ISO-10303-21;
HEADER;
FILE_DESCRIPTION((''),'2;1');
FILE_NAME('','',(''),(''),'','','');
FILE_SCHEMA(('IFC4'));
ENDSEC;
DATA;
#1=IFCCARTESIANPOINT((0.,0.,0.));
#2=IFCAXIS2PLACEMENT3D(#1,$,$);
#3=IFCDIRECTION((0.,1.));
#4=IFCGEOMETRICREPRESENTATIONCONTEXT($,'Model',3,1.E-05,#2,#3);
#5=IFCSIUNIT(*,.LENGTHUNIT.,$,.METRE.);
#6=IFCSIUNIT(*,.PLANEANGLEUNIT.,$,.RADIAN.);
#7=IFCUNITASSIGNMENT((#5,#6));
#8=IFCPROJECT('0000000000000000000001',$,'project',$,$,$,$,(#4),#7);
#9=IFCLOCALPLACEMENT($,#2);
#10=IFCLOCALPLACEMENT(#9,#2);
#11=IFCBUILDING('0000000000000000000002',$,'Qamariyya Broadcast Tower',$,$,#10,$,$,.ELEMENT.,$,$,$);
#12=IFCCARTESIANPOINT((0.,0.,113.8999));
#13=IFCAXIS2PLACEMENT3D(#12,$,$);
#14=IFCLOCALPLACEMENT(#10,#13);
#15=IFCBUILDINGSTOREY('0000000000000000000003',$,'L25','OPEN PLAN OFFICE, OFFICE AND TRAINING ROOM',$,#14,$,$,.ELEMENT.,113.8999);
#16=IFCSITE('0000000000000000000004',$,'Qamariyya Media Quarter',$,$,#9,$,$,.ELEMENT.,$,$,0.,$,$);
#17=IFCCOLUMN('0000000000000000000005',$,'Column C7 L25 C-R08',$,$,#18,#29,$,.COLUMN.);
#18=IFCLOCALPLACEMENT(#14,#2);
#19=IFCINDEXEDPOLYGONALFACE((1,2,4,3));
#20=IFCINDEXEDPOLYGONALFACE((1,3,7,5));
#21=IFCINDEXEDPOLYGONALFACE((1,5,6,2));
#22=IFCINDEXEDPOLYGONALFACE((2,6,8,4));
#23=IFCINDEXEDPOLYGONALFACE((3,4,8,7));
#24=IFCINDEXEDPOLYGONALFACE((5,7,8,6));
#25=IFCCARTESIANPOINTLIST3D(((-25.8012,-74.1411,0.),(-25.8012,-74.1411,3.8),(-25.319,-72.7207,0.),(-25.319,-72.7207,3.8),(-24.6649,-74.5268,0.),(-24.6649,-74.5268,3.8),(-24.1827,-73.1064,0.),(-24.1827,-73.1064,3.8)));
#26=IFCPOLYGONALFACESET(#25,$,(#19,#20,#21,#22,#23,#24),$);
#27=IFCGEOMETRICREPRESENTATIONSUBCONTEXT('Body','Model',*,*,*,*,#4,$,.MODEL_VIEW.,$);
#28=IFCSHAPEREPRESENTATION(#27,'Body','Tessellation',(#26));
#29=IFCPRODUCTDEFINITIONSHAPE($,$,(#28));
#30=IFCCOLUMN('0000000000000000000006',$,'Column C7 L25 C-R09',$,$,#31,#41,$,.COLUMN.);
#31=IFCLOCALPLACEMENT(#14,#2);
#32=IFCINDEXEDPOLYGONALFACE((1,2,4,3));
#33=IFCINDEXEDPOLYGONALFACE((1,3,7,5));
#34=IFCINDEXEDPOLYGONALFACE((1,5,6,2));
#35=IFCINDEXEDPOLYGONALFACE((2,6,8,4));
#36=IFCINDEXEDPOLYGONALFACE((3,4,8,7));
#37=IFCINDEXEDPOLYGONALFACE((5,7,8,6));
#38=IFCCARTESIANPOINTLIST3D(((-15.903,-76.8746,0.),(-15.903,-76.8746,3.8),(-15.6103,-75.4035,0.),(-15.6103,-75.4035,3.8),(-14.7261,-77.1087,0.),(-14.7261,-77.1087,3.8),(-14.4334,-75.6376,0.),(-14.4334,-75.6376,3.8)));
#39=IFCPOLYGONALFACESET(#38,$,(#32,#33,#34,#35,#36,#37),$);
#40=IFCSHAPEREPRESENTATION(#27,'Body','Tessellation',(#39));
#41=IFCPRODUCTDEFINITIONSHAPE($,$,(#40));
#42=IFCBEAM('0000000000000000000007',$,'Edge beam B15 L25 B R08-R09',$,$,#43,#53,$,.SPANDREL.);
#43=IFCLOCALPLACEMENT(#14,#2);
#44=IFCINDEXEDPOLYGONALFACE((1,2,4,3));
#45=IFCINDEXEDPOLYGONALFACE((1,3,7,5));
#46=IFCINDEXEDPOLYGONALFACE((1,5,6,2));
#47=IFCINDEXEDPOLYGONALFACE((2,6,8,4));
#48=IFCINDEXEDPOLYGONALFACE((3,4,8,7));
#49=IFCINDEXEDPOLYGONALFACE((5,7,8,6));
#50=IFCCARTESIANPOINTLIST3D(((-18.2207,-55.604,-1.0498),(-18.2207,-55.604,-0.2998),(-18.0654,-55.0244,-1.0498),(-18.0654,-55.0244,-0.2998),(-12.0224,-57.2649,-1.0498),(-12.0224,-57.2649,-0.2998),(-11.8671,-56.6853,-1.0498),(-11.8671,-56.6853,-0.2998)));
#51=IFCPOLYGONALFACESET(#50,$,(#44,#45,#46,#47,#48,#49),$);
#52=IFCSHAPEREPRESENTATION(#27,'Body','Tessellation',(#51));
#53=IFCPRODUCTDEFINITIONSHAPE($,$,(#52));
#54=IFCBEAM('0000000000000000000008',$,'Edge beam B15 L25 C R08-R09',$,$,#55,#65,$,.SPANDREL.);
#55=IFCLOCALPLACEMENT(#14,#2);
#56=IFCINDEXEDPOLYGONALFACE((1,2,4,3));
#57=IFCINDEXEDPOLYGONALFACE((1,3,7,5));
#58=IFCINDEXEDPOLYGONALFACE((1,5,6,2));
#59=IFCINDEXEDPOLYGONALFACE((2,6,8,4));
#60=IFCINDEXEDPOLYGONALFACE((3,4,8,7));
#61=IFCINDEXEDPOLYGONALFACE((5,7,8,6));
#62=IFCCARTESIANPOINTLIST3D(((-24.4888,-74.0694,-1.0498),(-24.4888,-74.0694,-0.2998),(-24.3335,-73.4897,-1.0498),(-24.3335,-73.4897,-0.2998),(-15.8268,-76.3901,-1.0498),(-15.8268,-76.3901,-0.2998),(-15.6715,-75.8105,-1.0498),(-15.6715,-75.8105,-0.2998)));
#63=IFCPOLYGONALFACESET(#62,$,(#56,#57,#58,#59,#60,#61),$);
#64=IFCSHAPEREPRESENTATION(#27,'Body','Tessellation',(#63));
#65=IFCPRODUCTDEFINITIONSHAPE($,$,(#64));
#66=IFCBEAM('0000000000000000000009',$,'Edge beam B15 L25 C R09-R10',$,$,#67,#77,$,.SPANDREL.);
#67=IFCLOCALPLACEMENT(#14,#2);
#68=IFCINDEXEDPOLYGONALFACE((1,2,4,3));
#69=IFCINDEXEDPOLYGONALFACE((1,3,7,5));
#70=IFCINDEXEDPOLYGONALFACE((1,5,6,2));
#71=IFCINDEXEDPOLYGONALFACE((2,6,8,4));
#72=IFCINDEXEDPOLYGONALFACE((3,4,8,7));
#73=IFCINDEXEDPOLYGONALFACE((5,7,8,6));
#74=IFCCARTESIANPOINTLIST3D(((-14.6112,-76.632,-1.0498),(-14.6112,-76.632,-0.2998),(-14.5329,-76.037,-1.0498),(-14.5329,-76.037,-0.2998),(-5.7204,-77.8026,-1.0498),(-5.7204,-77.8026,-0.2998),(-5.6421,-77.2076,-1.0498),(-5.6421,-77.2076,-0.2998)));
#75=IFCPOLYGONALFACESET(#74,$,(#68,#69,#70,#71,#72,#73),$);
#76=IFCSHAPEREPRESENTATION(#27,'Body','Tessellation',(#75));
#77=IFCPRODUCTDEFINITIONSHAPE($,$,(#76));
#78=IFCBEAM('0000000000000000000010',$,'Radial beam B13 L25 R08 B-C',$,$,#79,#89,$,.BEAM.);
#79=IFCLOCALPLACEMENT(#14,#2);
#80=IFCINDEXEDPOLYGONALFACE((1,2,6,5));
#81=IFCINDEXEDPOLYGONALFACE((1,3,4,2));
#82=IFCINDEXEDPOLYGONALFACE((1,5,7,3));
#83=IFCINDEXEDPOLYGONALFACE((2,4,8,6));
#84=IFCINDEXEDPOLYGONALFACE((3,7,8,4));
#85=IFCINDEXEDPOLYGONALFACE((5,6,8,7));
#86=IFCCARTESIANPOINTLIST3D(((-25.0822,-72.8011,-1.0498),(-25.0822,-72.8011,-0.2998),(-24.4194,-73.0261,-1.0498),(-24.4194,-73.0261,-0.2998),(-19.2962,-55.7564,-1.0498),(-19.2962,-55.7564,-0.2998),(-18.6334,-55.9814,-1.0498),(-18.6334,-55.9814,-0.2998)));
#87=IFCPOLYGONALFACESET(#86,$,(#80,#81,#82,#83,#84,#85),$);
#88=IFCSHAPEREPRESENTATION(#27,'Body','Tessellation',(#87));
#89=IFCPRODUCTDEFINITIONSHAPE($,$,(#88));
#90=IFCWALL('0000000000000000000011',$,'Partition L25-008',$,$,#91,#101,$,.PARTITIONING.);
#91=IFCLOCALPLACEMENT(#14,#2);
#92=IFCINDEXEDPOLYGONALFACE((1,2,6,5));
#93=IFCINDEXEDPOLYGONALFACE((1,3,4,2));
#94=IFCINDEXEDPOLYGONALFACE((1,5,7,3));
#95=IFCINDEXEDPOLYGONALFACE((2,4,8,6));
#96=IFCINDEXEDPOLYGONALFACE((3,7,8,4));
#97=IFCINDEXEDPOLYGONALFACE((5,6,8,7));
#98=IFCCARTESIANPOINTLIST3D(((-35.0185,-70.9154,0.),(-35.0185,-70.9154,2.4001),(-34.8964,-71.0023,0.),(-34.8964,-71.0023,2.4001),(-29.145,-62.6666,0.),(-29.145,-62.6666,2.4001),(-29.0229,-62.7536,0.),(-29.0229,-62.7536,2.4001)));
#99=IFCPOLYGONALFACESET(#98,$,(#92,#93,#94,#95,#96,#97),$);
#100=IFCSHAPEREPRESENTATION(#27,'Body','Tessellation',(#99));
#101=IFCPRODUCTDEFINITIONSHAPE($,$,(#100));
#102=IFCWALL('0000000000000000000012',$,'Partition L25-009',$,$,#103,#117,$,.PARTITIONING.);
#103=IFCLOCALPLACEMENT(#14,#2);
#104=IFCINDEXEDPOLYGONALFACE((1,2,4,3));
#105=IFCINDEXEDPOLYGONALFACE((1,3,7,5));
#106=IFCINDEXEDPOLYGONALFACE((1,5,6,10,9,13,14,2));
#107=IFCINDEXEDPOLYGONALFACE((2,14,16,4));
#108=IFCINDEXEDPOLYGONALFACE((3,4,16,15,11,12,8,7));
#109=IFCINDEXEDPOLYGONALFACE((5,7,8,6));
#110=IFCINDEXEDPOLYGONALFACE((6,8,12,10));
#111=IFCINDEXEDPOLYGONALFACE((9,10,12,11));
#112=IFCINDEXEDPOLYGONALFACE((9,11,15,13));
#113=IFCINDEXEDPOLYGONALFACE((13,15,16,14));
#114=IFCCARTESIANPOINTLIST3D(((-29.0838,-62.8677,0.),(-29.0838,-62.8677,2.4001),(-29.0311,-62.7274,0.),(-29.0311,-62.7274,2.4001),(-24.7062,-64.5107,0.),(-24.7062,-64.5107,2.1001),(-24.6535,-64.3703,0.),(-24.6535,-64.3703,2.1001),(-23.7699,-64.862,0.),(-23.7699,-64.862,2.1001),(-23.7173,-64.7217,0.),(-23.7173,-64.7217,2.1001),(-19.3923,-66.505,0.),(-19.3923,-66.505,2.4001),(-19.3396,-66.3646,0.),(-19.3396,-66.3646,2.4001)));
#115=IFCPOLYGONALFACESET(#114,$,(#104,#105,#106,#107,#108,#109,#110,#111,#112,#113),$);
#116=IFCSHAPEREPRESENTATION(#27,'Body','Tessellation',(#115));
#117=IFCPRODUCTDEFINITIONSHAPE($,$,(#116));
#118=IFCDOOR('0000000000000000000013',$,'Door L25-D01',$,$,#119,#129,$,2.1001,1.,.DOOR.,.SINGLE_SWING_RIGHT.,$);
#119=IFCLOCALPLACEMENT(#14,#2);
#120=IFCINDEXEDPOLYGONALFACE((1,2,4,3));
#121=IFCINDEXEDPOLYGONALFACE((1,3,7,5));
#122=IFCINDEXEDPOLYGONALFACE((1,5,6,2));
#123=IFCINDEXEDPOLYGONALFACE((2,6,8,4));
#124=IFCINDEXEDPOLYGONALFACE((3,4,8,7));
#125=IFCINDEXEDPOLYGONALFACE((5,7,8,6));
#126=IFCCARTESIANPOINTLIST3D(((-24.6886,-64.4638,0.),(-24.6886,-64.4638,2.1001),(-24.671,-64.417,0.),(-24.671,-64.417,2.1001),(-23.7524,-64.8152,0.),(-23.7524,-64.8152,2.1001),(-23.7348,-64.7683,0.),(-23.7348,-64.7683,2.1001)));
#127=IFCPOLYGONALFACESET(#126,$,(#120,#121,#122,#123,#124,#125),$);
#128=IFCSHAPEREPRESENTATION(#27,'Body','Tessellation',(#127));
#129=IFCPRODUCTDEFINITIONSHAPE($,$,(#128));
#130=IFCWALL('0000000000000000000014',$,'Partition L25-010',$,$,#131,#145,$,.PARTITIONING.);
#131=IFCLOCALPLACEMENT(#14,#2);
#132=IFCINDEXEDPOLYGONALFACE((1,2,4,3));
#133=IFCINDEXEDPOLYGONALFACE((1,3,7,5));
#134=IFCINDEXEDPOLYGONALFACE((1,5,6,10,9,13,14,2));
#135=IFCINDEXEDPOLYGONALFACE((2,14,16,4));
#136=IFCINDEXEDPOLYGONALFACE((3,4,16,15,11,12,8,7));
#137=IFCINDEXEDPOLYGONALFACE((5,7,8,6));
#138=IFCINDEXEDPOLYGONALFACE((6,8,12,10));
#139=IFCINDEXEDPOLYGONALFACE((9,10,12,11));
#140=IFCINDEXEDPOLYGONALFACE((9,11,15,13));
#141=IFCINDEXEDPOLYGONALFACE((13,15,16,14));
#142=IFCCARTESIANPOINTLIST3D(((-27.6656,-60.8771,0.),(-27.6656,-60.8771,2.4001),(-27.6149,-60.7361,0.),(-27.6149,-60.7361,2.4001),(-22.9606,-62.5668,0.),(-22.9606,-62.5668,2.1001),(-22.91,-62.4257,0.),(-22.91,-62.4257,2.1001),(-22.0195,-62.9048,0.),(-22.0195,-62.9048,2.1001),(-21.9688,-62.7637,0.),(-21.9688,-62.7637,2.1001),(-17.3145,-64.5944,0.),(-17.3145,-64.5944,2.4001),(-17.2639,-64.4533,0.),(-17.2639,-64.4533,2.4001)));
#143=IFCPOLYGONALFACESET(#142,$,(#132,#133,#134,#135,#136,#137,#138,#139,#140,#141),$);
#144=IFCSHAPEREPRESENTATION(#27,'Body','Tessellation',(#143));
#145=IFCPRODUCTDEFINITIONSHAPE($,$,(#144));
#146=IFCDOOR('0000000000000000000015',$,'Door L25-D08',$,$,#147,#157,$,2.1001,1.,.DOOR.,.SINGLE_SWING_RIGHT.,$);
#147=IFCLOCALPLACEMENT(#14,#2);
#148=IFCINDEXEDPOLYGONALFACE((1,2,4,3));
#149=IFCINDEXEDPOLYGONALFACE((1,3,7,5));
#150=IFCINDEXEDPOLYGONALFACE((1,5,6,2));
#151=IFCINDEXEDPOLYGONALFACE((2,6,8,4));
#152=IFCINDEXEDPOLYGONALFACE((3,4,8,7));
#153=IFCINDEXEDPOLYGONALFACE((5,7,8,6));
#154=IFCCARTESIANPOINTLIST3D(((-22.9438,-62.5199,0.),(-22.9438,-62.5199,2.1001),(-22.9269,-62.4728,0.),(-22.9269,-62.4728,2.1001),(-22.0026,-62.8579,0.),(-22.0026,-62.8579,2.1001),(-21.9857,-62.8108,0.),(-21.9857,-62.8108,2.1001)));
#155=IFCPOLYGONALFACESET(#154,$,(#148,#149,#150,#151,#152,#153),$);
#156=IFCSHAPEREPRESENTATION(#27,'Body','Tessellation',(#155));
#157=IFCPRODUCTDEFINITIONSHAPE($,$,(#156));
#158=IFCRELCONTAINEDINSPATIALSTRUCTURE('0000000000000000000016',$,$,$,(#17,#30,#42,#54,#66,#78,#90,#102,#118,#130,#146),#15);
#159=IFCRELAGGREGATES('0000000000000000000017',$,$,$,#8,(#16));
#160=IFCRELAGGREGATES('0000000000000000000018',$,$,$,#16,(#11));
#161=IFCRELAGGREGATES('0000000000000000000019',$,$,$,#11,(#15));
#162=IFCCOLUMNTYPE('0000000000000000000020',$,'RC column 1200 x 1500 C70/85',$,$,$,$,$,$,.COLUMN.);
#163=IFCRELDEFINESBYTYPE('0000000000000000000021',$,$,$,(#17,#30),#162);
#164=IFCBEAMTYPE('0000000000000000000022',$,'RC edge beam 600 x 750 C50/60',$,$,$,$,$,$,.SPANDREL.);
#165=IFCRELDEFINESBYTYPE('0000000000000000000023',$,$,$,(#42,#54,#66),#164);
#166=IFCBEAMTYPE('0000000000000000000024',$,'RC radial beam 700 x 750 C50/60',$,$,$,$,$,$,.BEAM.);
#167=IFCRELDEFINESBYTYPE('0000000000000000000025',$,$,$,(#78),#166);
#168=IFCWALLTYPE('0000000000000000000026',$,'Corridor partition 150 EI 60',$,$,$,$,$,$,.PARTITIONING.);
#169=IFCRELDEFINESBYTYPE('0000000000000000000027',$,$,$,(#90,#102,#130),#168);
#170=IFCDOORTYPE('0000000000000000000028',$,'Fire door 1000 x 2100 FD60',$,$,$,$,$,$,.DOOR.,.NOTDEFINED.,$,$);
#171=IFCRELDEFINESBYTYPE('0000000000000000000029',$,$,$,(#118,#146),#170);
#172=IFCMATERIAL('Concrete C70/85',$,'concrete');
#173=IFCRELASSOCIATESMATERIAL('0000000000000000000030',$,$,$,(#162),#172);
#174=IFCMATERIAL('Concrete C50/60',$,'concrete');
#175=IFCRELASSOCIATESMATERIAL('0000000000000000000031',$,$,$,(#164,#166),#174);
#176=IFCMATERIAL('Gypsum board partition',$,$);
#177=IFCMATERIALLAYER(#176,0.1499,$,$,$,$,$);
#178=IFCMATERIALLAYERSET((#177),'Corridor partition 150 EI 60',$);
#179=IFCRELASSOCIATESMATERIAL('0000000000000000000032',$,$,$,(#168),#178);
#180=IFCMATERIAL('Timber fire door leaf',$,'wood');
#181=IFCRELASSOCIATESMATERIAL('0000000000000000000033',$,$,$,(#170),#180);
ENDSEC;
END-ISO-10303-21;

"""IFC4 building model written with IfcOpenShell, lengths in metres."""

from ifc_helpers import new_model, si_unit, direction, frame, frame_2d, origin, origin_2d, place, context, subcontext, project, spatial, rectangle, extrude, material, layer, layer_set, material_profile, profile_set, type_object, element, fill, save


model = new_model("IFC4")

# Units and contexts
model_context = context("Model", 3, precision=1e-05, world=origin(), true_north=direction((0.0, 1.0)))
body_context = subcontext(model_context, "Body", "Model", "MODEL_VIEW")
ifc_project = project(units=[si_unit("LENGTHUNIT", "METRE"), si_unit("PLANEANGLEUNIT", "RADIAN")], contexts=[model_context])

# Site, building, storey
site_placement = place(None, origin())
site = spatial("IfcSite", under=ifc_project, at=site_placement, Name="Qamariyya Media Quarter", CompositionType="ELEMENT", RefElevation=0.0)
building_placement = place(site_placement, origin())
building = spatial("IfcBuilding", under=site, at=building_placement, Name="Qamariyya Broadcast Tower", CompositionType="ELEMENT")
storey_placement = place(building_placement, frame((0.0, 0.0, 113.8999)))
storey = spatial("IfcBuildingStorey", under=building, at=storey_placement, Name="L25", Description="OPEN PLAN OFFICE, OFFICE AND TRAINING ROOM", CompositionType="ELEMENT", Elevation=113.8999)

# Columns
ifc_material_1 = material(Name="Concrete C70/85", Category="concrete")
ifc_material_profile_1 = material_profile(ifc_material_1, rectangle(XDim=1.2, YDim=1.5, at=origin_2d()))
ifc_profile_set_1 = profile_set([ifc_material_profile_1], Name="Concrete C70/85")
column_type = type_object("IfcColumnType", Name="RC column 1200 x 1500 C70/85", PredefinedType="COLUMN", material=ifc_profile_set_1)
for number, where, z_axis, x_axis, name in (
    (1, (-24.9919, -73.6238, 0.0), (0.0, 0.0, 1.0), (0.94693, -0.321439, 0.0), "Column C7 L25 C-R08"),
    (2, (-15.1682, -76.2561, 0.0), (0.0, 0.0, 1.0), (0.980785, -0.19509, 0.0), "Column C7 L25 C-R09"),
):
    element("IfcColumn", number, at=place(storey_placement, frame(where, z_axis=z_axis, x_axis=x_axis)), inside=storey, type_object=column_type, Name=name, PredefinedType="COLUMN", context=body_context, shape_type="SweptSolid", body=[
        extrude(rectangle(XDim=1.2, YDim=1.5, at=origin_2d()), origin(), (0.0, 0.0, 1.0), 3.8),
    ])

# Beams
ifc_material_2 = material(Name="Concrete C50/60", Category="concrete")
ifc_material_profile_2 = material_profile(ifc_material_2, rectangle(XDim=0.6001, YDim=0.75, at=origin_2d()))
ifc_profile_set_2 = profile_set([ifc_material_profile_2], Name="Concrete C50/60")
beam_type_1 = type_object("IfcBeamType", Name="RC edge beam 600 x 750 C50/60", PredefinedType="SPANDREL", material=ifc_profile_set_2)
beam_1_placement = place(storey_placement, frame((-18.1431, -55.3142, -0.6748), z_axis=(0.965923, -0.25883, 0.0), x_axis=(0.25883, 0.965923, 0.0)))
element("IfcBeam", 3, at=beam_1_placement, inside=storey, type_object=beam_type_1, Name="Edge beam B15 L25 B R08-R09", PredefinedType="SPANDREL", context=body_context, shape_type="SweptSolid", body=[
    extrude(rectangle(XDim=0.6001, YDim=0.75, at=origin_2d()), origin(), (0.0, 0.0, 1.0), 6.417),
])
for number, where, z_axis, x_axis, name in (
    (4, (-24.4111, -73.7795, -0.6748), (0.965932, -0.258798, 0.0), (0.258798, 0.965932, 0.0), "Edge beam B15 L25 C R08-R09"),
    (5, (-14.572, -76.3345, -0.6748), (0.991443, -0.130543, 0.0), (0.130543, 0.991443, 0.0), "Edge beam B15 L25 C R09-R10"),
):
    element("IfcBeam", number, at=place(storey_placement, frame(where, z_axis=z_axis, x_axis=x_axis)), inside=storey, type_object=beam_type_1, Name=name, PredefinedType="SPANDREL", context=body_context, shape_type="SweptSolid", body=[
        extrude(rectangle(XDim=0.6001, YDim=0.75, at=origin_2d()), origin(), (0.0, 0.0, 1.0), 8.9675),
    ])
ifc_material_profile_3 = material_profile(ifc_material_2, rectangle(XDim=0.7, YDim=0.75, at=origin_2d()))
ifc_profile_set_3 = profile_set([ifc_material_profile_3], Name="Concrete C50/60")
beam_type_2 = type_object("IfcBeamType", Name="RC radial beam 700 x 750 C50/60", PredefinedType="BEAM", material=ifc_profile_set_3)
beam_2_placement = place(storey_placement, frame((-18.9648, -55.8689, -0.6748), z_axis=(-0.321439, -0.94693, 0.0), x_axis=(0.94693, -0.321439, 0.0)))
element("IfcBeam", 6, at=beam_2_placement, inside=storey, type_object=beam_type_2, Name="Radial beam B13 L25 R08 B-C", PredefinedType="BEAM", context=body_context, shape_type="SweptSolid", body=[
    extrude(rectangle(XDim=0.7, YDim=0.75, at=origin_2d()), origin(), (0.0, 0.0, 1.0), 18.0),
])

# Wall
ifc_material_3 = material(Name="Gypsum board partition")
ifc_layer_1 = layer(ifc_material_3, 0.1499)
ifc_layer_set_1 = layer_set([ifc_layer_1], Name="Corridor partition 150 EI 60")
wall_type_1 = type_object("IfcWallType", Name="Corridor partition 150 EI 60", PredefinedType="PARTITIONING", material=ifc_layer_set_1)
wall_1_placement = place(storey_placement, frame((-29.084, -62.7102, 0.0), z_axis=(0.0, 0.0, 1.0), x_axis=(-0.580031, -0.814594, 0.0)))
element("IfcWall", 7, at=wall_1_placement, inside=storey, type_object=wall_type_1, Name="Partition L25-008", PredefinedType="PARTITIONING", context=body_context, shape_type="SweptSolid", body=[
    extrude(rectangle(XDim=10.1262, YDim=0.1499, at=frame_2d((5.063, 0.0))), origin(), (0.0, 0.0, 1.0), 2.4001),
])

# Walls, openings, doors
wall_2_placement = place(storey_placement, frame((-19.366, -66.4348, 0.0), z_axis=(0.0, 0.0, 1.0), x_axis=(-0.936236, 0.351372, 0.0)))
wall_2 = element("IfcWall", 8, at=wall_2_placement, inside=storey, type_object=wall_type_1, Name="Partition L25-009", PredefinedType="PARTITIONING", context=body_context, shape_type="SweptSolid", body=[
    extrude(rectangle(XDim=10.3516, YDim=0.1499, at=frame_2d((5.1758, 0.0))), origin(), (0.0, 0.0, 1.0), 2.4001),
])
opening_1_placement = place(wall_2_placement, frame((4.6758, 0.0, 0.0)))
opening_1 = element("IfcOpeningElement", 9, at=opening_1_placement, cuts=wall_2, PredefinedType="OPENING", context=body_context, shape_type="SweptSolid", body=[
    extrude(rectangle(XDim=1.0, YDim=2.1001, at=frame_2d((0.5, 1.05))), frame((0.0, 0.085, 0.0), z_axis=(0.0, -1.0, 0.0), x_axis=(1.0, 0.0, 0.0)), (0.0, 0.0, 1.0), 0.1699),
])
ifc_material_4 = material(Name="Timber fire door leaf", Category="wood")
door_type_1 = type_object("IfcDoorType", Name="Fire door 1000 x 2100 FD60", OperationType="NOTDEFINED", PredefinedType="DOOR", material=ifc_material_4)
door_1_placement = place(opening_1_placement, origin())
door_1 = element("IfcDoor", 10, at=door_1_placement, inside=storey, type_object=door_type_1, Name="Door L25-D01", OperationType="SINGLE_SWING_RIGHT", OverallHeight=2.1001, OverallWidth=1.0, PredefinedType="DOOR", context=body_context, shape_type="SweptSolid", body=[
    extrude(rectangle(XDim=1.0, YDim=2.1001, at=frame_2d((0.5, 1.05))), frame((0.0, 0.0249, 0.0), z_axis=(0.0, -1.0, 0.0), x_axis=(1.0, 0.0, 0.0)), (0.0, 0.0, 1.0), 0.05),
])
fill(opening_1, door_1)
wall_3_placement = place(storey_placement, frame((-27.6401, -60.8066, 0.0), z_axis=(0.0, 0.0, 1.0), x_axis=(0.941151, -0.337987, 0.0)))
wall_3 = element("IfcWall", 11, at=wall_3_placement, inside=storey, type_object=wall_type_1, Name="Partition L25-010", PredefinedType="PARTITIONING", context=body_context, shape_type="SweptSolid", body=[
    extrude(rectangle(XDim=10.9983, YDim=0.1499, at=frame_2d((5.499, 0.0))), origin(), (0.0, 0.0, 1.0), 2.4001),
])
opening_2_placement = place(wall_3_placement, frame((4.999, 0.0, 0.0)))
opening_2 = element("IfcOpeningElement", 12, at=opening_2_placement, cuts=wall_3, PredefinedType="OPENING", context=body_context, shape_type="SweptSolid", body=[
    extrude(rectangle(XDim=1.0, YDim=2.1001, at=frame_2d((0.5, 1.05))), frame((0.0, 0.085, 0.0), z_axis=(0.0, -1.0, 0.0), x_axis=(1.0, 0.0, 0.0)), (0.0, 0.0, 1.0), 0.1699),
])
door_2_placement = place(opening_2_placement, origin())
door_2 = element("IfcDoor", 13, at=door_2_placement, inside=storey, type_object=door_type_1, Name="Door L25-D08", OperationType="SINGLE_SWING_RIGHT", OverallHeight=2.1001, OverallWidth=1.0, PredefinedType="DOOR", context=body_context, shape_type="SweptSolid", body=[
    extrude(rectangle(XDim=1.0, YDim=2.1001, at=frame_2d((0.5, 1.05))), frame((0.0, 0.0249, 0.0), z_axis=(0.0, -1.0, 0.0), x_axis=(1.0, 0.0, 0.0)), (0.0, 0.0, 1.0), 0.05),
])
fill(opening_2, door_2)

save(model, "model.ifc")
